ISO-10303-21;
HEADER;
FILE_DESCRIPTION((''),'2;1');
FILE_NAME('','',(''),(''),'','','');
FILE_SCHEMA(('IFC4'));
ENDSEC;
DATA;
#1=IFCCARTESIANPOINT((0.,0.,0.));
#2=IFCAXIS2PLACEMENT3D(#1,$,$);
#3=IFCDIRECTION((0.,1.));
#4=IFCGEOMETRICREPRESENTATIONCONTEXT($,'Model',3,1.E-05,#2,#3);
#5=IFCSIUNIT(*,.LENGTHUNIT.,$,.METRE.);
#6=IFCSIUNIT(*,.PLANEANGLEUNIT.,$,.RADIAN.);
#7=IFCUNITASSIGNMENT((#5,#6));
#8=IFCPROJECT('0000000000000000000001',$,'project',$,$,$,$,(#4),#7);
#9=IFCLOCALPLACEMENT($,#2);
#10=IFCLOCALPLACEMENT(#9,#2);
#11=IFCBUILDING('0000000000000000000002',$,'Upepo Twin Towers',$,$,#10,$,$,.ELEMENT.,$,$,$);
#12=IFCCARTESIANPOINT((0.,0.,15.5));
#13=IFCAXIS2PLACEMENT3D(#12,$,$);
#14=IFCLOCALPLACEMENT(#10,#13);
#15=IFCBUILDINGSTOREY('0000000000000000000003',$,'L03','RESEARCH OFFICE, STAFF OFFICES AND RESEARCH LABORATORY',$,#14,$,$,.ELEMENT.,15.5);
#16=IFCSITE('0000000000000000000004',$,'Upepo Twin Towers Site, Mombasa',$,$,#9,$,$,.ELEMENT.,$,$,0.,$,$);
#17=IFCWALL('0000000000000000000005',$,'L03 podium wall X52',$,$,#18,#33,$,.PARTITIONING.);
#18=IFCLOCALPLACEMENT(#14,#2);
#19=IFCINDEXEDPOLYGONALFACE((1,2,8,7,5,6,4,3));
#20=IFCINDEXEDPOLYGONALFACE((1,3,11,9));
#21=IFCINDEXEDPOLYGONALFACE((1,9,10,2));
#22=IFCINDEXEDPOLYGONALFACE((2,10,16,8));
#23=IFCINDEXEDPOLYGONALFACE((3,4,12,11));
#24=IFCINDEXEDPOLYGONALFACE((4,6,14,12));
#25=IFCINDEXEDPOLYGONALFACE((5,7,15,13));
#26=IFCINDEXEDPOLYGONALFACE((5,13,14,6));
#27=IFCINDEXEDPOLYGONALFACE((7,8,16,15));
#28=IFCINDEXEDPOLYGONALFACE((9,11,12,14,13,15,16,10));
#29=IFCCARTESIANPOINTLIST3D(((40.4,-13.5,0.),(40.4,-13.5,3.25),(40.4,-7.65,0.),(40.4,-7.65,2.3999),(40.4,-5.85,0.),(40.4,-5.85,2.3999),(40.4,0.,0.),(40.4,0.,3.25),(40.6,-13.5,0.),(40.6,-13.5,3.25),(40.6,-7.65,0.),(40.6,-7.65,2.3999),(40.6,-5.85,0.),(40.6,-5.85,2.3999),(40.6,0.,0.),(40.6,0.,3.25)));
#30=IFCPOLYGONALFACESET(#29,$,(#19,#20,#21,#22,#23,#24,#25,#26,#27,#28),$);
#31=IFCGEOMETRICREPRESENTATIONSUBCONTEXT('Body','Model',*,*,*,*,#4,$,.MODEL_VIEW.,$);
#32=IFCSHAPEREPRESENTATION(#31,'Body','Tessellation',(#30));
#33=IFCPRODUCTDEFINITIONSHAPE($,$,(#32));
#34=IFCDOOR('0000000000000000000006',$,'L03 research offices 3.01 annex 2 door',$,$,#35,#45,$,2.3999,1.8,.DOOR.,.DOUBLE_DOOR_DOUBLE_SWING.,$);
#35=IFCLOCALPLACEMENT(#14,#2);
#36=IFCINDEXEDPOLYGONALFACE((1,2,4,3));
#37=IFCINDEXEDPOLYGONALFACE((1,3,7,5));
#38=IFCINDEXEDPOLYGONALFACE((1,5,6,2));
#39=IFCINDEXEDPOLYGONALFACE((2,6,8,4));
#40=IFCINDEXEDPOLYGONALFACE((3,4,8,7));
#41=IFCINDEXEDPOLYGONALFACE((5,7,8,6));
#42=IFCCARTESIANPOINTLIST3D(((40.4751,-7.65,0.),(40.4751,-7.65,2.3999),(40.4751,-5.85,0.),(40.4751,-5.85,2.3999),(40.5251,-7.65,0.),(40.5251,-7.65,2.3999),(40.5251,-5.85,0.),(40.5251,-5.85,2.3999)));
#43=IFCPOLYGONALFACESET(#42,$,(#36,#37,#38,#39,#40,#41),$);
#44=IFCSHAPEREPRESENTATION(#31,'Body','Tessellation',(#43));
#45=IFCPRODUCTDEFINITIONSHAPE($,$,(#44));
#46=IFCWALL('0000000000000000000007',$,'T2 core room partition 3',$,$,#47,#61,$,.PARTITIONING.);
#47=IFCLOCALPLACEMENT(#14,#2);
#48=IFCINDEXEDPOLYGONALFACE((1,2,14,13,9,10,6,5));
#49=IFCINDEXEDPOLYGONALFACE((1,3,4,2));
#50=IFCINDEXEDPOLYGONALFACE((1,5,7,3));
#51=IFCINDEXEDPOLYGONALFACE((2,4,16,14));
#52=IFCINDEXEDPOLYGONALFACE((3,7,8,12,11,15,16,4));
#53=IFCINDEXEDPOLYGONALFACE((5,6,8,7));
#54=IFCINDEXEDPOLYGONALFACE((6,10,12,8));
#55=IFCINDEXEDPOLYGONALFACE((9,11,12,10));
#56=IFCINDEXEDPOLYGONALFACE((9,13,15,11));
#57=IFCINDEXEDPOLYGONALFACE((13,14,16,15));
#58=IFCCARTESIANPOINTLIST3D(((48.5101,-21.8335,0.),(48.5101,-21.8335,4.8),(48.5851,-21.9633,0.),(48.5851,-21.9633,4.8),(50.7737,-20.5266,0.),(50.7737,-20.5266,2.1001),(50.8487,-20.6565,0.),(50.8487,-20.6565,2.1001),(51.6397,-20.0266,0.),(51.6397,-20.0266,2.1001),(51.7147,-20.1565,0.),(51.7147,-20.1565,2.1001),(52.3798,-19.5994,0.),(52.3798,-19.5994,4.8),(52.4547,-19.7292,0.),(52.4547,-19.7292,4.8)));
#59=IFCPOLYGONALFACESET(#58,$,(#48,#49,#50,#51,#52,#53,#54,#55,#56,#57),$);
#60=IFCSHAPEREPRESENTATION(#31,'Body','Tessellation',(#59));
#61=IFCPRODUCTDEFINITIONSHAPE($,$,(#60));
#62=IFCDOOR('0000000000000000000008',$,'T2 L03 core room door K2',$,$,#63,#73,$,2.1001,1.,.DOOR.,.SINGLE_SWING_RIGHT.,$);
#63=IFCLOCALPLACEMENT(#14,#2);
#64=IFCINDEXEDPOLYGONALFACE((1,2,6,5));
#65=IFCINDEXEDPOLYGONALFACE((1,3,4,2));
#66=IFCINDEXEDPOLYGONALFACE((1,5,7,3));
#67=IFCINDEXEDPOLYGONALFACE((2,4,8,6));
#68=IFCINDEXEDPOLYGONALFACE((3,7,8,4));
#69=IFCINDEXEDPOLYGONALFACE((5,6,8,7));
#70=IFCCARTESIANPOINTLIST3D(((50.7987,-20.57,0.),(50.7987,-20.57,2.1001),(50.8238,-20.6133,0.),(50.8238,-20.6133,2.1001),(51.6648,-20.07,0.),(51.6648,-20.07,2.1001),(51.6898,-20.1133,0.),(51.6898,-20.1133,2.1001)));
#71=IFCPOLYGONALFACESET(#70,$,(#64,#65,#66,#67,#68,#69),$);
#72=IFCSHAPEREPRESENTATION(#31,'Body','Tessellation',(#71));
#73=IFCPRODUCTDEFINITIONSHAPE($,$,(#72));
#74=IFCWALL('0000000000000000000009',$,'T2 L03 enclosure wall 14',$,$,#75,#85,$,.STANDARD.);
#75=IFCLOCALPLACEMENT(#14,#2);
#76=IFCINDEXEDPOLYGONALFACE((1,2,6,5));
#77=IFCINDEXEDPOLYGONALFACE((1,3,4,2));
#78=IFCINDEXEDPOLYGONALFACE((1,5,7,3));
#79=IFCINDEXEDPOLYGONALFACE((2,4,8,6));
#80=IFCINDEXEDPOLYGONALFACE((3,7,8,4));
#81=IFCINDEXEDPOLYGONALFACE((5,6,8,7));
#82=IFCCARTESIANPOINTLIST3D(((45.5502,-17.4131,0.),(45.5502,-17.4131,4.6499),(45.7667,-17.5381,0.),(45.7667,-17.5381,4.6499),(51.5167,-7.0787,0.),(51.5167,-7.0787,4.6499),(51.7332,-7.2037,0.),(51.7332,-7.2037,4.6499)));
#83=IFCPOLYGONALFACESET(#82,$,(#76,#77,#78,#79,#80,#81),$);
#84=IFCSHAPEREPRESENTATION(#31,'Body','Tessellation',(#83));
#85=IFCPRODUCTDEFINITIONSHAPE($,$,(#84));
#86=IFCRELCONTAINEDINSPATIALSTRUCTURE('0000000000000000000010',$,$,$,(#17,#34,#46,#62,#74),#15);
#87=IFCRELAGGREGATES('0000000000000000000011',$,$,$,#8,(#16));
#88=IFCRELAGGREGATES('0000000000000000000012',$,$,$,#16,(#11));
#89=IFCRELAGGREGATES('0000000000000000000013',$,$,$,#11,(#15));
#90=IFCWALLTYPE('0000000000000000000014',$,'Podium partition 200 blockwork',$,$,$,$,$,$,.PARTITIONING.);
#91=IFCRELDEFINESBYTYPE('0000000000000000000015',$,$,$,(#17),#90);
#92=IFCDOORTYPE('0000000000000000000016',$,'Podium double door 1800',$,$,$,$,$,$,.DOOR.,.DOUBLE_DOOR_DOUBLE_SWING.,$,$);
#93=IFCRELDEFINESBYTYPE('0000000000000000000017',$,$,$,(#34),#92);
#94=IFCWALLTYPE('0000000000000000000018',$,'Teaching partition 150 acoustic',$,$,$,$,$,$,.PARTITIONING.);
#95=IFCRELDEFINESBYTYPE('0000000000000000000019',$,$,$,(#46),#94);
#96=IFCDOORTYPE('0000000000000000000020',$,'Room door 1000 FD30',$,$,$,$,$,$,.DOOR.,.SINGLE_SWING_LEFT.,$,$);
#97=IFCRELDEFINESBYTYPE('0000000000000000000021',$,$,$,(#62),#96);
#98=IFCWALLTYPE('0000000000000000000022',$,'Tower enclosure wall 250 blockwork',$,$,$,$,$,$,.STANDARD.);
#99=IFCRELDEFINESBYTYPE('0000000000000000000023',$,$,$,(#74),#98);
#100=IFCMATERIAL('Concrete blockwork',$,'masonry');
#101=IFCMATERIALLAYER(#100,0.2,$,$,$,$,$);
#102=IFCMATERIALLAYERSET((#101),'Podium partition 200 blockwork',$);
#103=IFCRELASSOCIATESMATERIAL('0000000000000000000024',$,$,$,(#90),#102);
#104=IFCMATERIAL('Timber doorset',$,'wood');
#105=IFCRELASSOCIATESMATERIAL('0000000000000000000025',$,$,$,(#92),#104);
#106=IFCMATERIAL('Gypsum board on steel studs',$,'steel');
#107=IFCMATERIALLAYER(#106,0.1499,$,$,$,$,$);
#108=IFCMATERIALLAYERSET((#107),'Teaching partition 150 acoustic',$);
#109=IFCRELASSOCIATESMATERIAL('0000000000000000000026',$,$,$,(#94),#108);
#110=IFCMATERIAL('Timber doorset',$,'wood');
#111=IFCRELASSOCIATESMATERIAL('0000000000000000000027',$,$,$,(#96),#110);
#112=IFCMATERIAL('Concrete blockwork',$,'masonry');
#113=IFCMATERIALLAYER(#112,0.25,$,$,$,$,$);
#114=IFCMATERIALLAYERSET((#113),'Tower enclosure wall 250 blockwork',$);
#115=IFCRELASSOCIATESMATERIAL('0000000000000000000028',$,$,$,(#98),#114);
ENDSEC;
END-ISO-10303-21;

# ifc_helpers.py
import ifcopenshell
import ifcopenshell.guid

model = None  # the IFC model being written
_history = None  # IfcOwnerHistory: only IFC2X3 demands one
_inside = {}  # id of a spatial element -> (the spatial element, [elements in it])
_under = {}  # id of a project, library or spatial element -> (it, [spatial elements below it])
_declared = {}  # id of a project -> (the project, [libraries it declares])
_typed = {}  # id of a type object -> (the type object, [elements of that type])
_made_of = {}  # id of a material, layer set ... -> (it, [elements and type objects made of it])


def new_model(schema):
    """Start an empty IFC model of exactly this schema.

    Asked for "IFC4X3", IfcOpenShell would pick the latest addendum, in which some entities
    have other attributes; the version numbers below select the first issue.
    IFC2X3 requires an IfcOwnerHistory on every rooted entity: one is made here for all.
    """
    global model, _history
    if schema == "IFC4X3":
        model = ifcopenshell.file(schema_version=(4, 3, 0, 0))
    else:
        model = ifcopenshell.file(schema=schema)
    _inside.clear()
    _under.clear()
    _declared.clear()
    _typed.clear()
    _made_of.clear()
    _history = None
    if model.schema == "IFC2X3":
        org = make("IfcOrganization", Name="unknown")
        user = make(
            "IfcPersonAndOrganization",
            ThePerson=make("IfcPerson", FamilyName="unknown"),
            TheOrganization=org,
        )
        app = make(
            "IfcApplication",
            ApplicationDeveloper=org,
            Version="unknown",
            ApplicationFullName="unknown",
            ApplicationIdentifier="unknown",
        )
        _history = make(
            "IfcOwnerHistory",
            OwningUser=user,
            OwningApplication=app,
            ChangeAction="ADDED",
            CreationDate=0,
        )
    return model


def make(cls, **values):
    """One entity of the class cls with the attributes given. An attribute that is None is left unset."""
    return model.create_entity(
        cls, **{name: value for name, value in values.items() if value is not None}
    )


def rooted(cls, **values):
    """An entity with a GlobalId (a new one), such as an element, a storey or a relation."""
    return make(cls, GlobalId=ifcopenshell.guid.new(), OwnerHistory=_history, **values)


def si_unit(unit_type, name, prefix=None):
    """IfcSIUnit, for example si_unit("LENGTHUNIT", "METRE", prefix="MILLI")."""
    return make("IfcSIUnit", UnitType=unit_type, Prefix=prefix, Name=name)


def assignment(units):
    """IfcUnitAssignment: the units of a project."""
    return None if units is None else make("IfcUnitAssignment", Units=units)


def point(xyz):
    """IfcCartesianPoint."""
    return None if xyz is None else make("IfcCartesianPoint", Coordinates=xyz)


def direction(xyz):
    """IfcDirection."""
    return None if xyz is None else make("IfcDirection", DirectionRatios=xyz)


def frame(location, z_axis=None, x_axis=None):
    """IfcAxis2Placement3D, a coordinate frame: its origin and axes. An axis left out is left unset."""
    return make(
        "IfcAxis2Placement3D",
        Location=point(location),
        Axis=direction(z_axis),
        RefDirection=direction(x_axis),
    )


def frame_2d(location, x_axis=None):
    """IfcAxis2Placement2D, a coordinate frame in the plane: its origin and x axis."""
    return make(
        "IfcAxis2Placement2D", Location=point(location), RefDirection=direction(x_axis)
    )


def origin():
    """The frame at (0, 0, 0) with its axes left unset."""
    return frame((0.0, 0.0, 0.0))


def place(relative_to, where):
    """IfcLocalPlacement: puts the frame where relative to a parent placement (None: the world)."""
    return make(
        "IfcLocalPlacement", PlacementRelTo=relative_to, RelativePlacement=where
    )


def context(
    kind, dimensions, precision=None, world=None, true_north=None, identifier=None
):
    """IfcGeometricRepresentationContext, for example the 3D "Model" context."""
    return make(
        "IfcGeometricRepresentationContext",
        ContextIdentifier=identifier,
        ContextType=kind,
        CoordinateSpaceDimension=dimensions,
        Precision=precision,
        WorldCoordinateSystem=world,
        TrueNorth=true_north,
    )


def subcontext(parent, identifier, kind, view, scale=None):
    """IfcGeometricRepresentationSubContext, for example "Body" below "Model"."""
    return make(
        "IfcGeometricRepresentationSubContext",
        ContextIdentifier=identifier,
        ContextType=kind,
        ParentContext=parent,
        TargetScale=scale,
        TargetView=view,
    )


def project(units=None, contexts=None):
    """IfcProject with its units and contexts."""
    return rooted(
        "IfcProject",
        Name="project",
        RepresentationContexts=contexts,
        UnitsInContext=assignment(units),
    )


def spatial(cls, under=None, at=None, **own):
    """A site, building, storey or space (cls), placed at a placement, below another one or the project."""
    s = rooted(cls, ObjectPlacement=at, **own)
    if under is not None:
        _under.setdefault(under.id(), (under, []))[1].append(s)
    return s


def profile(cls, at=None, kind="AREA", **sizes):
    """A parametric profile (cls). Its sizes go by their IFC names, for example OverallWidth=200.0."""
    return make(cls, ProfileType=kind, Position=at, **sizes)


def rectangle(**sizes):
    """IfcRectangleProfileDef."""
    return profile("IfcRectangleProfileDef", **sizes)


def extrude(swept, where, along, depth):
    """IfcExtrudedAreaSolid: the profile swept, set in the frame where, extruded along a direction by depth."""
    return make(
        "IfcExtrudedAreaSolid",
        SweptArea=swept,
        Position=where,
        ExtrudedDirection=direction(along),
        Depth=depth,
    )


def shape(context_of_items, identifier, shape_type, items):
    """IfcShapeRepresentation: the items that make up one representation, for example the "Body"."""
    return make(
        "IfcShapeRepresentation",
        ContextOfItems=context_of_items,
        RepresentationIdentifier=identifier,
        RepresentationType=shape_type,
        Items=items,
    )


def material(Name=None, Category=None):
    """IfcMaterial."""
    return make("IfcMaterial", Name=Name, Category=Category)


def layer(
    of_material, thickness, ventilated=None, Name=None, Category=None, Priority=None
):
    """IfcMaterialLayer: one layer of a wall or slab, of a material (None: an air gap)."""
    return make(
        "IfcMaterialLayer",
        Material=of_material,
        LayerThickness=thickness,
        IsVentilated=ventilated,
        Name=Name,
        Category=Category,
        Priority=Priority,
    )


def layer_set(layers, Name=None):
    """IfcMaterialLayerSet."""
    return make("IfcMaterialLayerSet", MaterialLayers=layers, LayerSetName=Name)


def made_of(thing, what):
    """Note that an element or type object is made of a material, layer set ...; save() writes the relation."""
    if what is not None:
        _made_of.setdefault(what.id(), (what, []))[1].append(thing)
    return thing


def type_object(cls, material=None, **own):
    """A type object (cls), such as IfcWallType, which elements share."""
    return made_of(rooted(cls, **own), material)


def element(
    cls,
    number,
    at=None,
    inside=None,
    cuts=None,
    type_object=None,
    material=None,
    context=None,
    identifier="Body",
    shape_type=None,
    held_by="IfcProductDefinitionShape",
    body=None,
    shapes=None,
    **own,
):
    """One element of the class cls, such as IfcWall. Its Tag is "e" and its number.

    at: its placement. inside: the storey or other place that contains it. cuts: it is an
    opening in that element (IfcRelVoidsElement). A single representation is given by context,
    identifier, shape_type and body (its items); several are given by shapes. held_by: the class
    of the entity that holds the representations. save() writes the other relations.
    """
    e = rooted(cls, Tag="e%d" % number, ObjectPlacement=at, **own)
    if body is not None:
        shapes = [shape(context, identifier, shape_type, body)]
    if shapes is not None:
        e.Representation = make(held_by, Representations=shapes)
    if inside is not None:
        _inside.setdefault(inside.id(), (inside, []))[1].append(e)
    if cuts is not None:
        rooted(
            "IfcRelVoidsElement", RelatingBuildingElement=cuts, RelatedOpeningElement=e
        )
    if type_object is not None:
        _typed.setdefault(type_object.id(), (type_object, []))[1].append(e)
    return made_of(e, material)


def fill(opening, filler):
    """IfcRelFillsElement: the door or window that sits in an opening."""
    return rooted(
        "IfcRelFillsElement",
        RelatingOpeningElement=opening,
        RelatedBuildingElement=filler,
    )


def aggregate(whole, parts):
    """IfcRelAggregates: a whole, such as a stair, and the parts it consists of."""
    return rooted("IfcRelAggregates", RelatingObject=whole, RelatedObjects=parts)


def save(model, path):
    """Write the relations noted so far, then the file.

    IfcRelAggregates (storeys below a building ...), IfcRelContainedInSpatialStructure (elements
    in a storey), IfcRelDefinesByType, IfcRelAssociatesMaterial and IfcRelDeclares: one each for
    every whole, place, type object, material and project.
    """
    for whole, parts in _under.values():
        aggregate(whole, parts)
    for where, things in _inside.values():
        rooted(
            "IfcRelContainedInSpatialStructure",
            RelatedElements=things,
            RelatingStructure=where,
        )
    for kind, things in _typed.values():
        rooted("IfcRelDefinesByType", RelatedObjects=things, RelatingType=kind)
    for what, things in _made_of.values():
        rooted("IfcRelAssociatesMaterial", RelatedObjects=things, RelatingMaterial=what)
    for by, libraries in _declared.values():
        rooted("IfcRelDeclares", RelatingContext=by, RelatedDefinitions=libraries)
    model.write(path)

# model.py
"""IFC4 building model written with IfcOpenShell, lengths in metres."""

from ifc_helpers import new_model, si_unit, direction, frame, frame_2d, origin, place, context, subcontext, project, spatial, rectangle, extrude, material, layer, layer_set, type_object, element, fill, save


model = new_model("IFC4")

# Units and contexts
model_context = context("Model", 3, precision=1e-05, world=origin(), true_north=direction((0.0, 1.0)))
body_context = subcontext(model_context, "Body", "Model", "MODEL_VIEW")
ifc_project = project(units=[si_unit("LENGTHUNIT", "METRE"), si_unit("PLANEANGLEUNIT", "RADIAN")], contexts=[model_context])

# Site, building, storey
site_placement = place(None, origin())
site = spatial("IfcSite", under=ifc_project, at=site_placement, Name="Upepo Twin Towers Site, Mombasa", CompositionType="ELEMENT", RefElevation=0.0)
building_placement = place(site_placement, origin())
building = spatial("IfcBuilding", under=site, at=building_placement, Name="Upepo Twin Towers", CompositionType="ELEMENT")
storey_placement = place(building_placement, frame((0.0, 0.0, 15.5)))
storey = spatial("IfcBuildingStorey", under=building, at=storey_placement, Name="L03", Description="RESEARCH OFFICE, STAFF OFFICES AND RESEARCH LABORATORY", CompositionType="ELEMENT", Elevation=15.5)

# Walls, openings, doors
ifc_material_1 = material(Name="Concrete blockwork", Category="masonry")
ifc_layer_1 = layer(ifc_material_1, 0.2)
ifc_layer_set_1 = layer_set([ifc_layer_1], Name="Podium partition 200 blockwork")
wall_type_1 = type_object("IfcWallType", Name="Podium partition 200 blockwork", PredefinedType="PARTITIONING", material=ifc_layer_set_1)
ifc_material_2 = material(Name="Timber doorset", Category="wood")
door_type_1 = type_object("IfcDoorType", Name="Podium double door 1800", OperationType="DOUBLE_DOOR_DOUBLE_SWING", PredefinedType="DOOR", material=ifc_material_2)
wall_1_placement = place(storey_placement, frame((40.5, -13.5, 0.0), z_axis=(0.0, 0.0, 1.0), x_axis=(0.0, 1.0, 0.0)))
wall_1 = element("IfcWall", 1, at=wall_1_placement, inside=storey, type_object=wall_type_1, Name="L03 podium wall X52", PredefinedType="PARTITIONING", context=body_context, shape_type="SweptSolid", body=[
    extrude(rectangle(XDim=13.5, YDim=0.2, at=frame_2d((6.75, 0.0))), origin(), (0.0, 0.0, 1.0), 3.25),
])
opening_1_placement = place(wall_1_placement, frame((5.8501, 0.0, 0.0)))
opening_1 = element("IfcOpeningElement", 2, at=opening_1_placement, cuts=wall_1, PredefinedType="OPENING", context=body_context, shape_type="SweptSolid", body=[
    extrude(rectangle(XDim=1.8, YDim=2.3999, at=frame_2d((0.8999, 1.2))), frame((0.0, 0.1099, 0.0), z_axis=(0.0, -1.0, 0.0), x_axis=(1.0, 0.0, 0.0)), (0.0, 0.0, 1.0), 0.22),
])
door_1_placement = place(opening_1_placement, origin())
door_1 = element("IfcDoor", 3, at=door_1_placement, inside=storey, type_object=door_type_1, Name="L03 research offices 3.01 annex 2 door", OperationType="DOUBLE_DOOR_DOUBLE_SWING", OverallHeight=2.3999, OverallWidth=1.8, PredefinedType="DOOR", context=body_context, shape_type="SweptSolid", body=[
    extrude(rectangle(XDim=1.8, YDim=2.3999, at=frame_2d((0.8999, 1.2))), frame((0.0, 0.0249, 0.0), z_axis=(0.0, -1.0, 0.0), x_axis=(1.0, 0.0, 0.0)), (0.0, 0.0, 1.0), 0.05),
])
fill(opening_1, door_1)
ifc_material_3 = material(Name="Gypsum board on steel studs", Category="steel")
ifc_layer_2 = layer(ifc_material_3, 0.1499)
ifc_layer_set_2 = layer_set([ifc_layer_2], Name="Teaching partition 150 acoustic")
wall_type_2 = type_object("IfcWallType", Name="Teaching partition 150 acoustic", PredefinedType="PARTITIONING", material=ifc_layer_set_2)
wall_2_placement = place(storey_placement, frame((48.5476, -21.8984, 0.0), z_axis=(0.0, 0.0, 1.0), x_axis=(0.866025, 0.5, 0.0)))
wall_2 = element("IfcWall", 4, at=wall_2_placement, inside=storey, type_object=wall_type_2, Name="T2 core room partition 3", PredefinedType="PARTITIONING", context=body_context, shape_type="SweptSolid", body=[
    extrude(rectangle(XDim=4.4683, YDim=0.1499, at=frame_2d((2.2341, 0.0))), origin(), (0.0, 0.0, 1.0), 4.8),
])
opening_2_placement = place(wall_2_placement, frame((2.6138, 0.0, 0.0)))
opening_2 = element("IfcOpeningElement", 5, at=opening_2_placement, cuts=wall_2, PredefinedType="OPENING", context=body_context, shape_type="SweptSolid", body=[
    extrude(rectangle(XDim=1.0, YDim=2.1001, at=frame_2d((0.5, 1.05))), frame((0.0, 0.085, 0.0), z_axis=(0.0, -1.0, 0.0), x_axis=(1.0, 0.0, 0.0)), (0.0, 0.0, 1.0), 0.1699),
])
ifc_material_4 = material(Name="Timber doorset", Category="wood")
door_type_2 = type_object("IfcDoorType", Name="Room door 1000 FD30", OperationType="SINGLE_SWING_LEFT", PredefinedType="DOOR", material=ifc_material_4)
door_2_placement = place(opening_2_placement, origin())
door_2 = element("IfcDoor", 6, at=door_2_placement, inside=storey, type_object=door_type_2, Name="T2 L03 core room door K2", OperationType="SINGLE_SWING_RIGHT", OverallHeight=2.1001, OverallWidth=1.0, PredefinedType="DOOR", context=body_context, shape_type="SweptSolid", body=[
    extrude(rectangle(XDim=1.0, YDim=2.1001, at=frame_2d((0.5, 1.05))), frame((0.0, 0.0249, 0.0), z_axis=(0.0, -1.0, 0.0), x_axis=(1.0, 0.0, 0.0)), (0.0, 0.0, 1.0), 0.05),
])
fill(opening_2, door_2)

# Wall
ifc_material_5 = material(Name="Concrete blockwork", Category="masonry")
ifc_layer_3 = layer(ifc_material_5, 0.25)
ifc_layer_set_3 = layer_set([ifc_layer_3], Name="Tower enclosure wall 250 blockwork")
wall_type_3 = type_object("IfcWallType", Name="Tower enclosure wall 250 blockwork", PredefinedType="STANDARD", material=ifc_layer_set_3)
wall_3_placement = place(storey_placement, frame((45.6584, -17.4756, 0.0), z_axis=(0.0, 0.0, 1.0), x_axis=(0.499996, 0.866028, 0.0)))
element("IfcWall", 7, at=wall_3_placement, inside=storey, type_object=wall_type_3, Name="T2 L03 enclosure wall 14", PredefinedType="STANDARD", context=body_context, shape_type="SweptSolid", body=[
    extrude(rectangle(XDim=11.9331, YDim=0.25, at=frame_2d((5.9666, 0.0))), origin(), (0.0, 0.0, 1.0), 4.6499),
])

save(model, "model.ifc")
